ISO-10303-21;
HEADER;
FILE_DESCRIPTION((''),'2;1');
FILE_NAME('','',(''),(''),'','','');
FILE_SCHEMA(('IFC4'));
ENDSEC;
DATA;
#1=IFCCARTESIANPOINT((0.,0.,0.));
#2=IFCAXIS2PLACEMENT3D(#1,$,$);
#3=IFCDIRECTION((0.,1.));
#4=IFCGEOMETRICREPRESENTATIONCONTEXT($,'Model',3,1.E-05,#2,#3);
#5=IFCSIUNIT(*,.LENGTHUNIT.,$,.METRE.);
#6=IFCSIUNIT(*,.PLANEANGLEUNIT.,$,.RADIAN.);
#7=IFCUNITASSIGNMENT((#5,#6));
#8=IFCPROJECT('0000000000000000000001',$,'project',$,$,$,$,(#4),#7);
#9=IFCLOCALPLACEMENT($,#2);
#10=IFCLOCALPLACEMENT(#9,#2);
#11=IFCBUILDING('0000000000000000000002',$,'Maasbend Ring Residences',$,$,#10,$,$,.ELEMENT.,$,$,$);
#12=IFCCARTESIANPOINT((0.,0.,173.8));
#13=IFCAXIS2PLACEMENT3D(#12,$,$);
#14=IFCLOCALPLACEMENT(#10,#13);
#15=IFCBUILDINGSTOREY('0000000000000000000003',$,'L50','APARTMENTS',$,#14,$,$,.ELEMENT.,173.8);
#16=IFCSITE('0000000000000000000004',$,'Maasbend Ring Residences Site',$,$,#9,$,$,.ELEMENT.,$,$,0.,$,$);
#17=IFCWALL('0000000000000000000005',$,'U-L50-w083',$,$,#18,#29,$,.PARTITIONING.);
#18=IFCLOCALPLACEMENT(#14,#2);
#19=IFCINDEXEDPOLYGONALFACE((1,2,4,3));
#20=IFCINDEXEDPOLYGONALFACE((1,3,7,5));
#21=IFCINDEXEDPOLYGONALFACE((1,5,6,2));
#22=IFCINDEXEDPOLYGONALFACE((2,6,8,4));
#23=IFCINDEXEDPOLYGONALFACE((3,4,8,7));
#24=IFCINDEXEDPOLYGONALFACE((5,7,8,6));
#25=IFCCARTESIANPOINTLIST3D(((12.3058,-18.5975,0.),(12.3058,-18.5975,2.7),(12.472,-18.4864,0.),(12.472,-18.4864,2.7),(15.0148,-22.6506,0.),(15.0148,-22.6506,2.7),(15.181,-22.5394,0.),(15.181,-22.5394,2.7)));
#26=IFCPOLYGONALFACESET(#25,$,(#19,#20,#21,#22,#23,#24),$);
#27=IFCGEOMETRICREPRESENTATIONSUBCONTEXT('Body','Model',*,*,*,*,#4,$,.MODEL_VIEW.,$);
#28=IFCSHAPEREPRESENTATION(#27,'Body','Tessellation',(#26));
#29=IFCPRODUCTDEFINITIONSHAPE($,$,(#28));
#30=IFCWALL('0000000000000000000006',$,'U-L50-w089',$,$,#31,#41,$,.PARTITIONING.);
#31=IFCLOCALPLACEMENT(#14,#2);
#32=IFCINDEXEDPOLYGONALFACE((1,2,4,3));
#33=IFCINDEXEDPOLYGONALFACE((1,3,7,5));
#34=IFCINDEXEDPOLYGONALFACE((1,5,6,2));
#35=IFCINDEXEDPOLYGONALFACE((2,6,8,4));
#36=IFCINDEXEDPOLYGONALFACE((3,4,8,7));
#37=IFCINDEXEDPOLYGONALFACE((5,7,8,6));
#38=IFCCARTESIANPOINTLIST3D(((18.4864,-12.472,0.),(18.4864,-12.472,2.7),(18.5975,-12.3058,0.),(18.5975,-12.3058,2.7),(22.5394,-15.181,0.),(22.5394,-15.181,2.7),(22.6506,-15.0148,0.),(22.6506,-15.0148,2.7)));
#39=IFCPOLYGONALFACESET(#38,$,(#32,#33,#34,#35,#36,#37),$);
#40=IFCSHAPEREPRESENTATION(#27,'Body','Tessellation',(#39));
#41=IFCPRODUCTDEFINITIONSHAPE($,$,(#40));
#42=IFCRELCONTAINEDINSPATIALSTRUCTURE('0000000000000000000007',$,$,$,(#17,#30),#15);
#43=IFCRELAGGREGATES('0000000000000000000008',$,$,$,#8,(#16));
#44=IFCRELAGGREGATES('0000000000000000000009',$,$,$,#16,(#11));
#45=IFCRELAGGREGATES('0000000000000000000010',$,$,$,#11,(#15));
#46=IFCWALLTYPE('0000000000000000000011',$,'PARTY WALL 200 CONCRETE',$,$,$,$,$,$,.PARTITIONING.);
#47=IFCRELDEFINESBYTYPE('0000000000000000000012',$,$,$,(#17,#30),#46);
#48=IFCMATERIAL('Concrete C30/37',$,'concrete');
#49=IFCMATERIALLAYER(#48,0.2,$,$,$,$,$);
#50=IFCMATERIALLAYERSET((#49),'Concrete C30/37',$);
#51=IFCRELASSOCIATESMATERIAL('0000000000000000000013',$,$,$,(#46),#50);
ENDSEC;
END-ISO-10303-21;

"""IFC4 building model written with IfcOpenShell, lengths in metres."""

from ifc_helpers import new_model, si_unit, direction, frame, frame_2d, origin, place, context, subcontext, project, spatial, rectangle, extrude, material, layer, layer_set, type_object, element, save


model = new_model("IFC4")

# Units and contexts
model_context = context("Model", 3, precision=1e-05, world=origin(), true_north=direction((0.0, 1.0)))
body_context = subcontext(model_context, "Body", "Model", "MODEL_VIEW")
ifc_project = project(units=[si_unit("LENGTHUNIT", "METRE"), si_unit("PLANEANGLEUNIT", "RADIAN")], contexts=[model_context])

# Site, building, storey
site_placement = place(None, origin())
site = spatial("IfcSite", under=ifc_project, at=site_placement, Name="Maasbend Ring Residences Site", CompositionType="ELEMENT", RefElevation=0.0)
building_placement = place(site_placement, origin())
building = spatial("IfcBuilding", under=site, at=building_placement, Name="Maasbend Ring Residences", CompositionType="ELEMENT")
storey_placement = place(building_placement, frame((0.0, 0.0, 173.8)))
storey = spatial("IfcBuildingStorey", under=building, at=storey_placement, Name="L50", Description="APARTMENTS", CompositionType="ELEMENT", Elevation=173.8)

# Walls
ifc_material_1 = material(Name="Concrete C30/37", Category="concrete")
ifc_layer_1 = layer(ifc_material_1, 0.2)
ifc_layer_set_1 = layer_set([ifc_layer_1], Name="Concrete C30/37")
wall_type_1 = type_object("IfcWallType", Name="PARTY WALL 200 CONCRETE", PredefinedType="PARTITIONING", material=ifc_layer_set_1)
for number, where, z_axis, x_axis, name in (
    (1, (12.3889, -18.542, 0.0), (0.0, 0.0, 1.0), (0.555694, -0.831387, 0.0), "U-L50-w083"),
    (2, (18.542, -12.3889, 0.0), (0.0, 0.0, 1.0), (0.831387, -0.555694, 0.0), "U-L50-w089"),
):
    element("IfcWall", number, at=place(storey_placement, frame(where, z_axis=z_axis, x_axis=x_axis)), inside=storey, type_object=wall_type_1, Name=name, PredefinedType="PARTITIONING", context=body_context, shape_type="SweptSolid", body=[
        extrude(rectangle(XDim=4.875, YDim=0.2, at=frame_2d((2.4375, 0.0))), origin(), (0.0, 0.0, 1.0), 2.7),
    ])

save(model, "model.ifc")
